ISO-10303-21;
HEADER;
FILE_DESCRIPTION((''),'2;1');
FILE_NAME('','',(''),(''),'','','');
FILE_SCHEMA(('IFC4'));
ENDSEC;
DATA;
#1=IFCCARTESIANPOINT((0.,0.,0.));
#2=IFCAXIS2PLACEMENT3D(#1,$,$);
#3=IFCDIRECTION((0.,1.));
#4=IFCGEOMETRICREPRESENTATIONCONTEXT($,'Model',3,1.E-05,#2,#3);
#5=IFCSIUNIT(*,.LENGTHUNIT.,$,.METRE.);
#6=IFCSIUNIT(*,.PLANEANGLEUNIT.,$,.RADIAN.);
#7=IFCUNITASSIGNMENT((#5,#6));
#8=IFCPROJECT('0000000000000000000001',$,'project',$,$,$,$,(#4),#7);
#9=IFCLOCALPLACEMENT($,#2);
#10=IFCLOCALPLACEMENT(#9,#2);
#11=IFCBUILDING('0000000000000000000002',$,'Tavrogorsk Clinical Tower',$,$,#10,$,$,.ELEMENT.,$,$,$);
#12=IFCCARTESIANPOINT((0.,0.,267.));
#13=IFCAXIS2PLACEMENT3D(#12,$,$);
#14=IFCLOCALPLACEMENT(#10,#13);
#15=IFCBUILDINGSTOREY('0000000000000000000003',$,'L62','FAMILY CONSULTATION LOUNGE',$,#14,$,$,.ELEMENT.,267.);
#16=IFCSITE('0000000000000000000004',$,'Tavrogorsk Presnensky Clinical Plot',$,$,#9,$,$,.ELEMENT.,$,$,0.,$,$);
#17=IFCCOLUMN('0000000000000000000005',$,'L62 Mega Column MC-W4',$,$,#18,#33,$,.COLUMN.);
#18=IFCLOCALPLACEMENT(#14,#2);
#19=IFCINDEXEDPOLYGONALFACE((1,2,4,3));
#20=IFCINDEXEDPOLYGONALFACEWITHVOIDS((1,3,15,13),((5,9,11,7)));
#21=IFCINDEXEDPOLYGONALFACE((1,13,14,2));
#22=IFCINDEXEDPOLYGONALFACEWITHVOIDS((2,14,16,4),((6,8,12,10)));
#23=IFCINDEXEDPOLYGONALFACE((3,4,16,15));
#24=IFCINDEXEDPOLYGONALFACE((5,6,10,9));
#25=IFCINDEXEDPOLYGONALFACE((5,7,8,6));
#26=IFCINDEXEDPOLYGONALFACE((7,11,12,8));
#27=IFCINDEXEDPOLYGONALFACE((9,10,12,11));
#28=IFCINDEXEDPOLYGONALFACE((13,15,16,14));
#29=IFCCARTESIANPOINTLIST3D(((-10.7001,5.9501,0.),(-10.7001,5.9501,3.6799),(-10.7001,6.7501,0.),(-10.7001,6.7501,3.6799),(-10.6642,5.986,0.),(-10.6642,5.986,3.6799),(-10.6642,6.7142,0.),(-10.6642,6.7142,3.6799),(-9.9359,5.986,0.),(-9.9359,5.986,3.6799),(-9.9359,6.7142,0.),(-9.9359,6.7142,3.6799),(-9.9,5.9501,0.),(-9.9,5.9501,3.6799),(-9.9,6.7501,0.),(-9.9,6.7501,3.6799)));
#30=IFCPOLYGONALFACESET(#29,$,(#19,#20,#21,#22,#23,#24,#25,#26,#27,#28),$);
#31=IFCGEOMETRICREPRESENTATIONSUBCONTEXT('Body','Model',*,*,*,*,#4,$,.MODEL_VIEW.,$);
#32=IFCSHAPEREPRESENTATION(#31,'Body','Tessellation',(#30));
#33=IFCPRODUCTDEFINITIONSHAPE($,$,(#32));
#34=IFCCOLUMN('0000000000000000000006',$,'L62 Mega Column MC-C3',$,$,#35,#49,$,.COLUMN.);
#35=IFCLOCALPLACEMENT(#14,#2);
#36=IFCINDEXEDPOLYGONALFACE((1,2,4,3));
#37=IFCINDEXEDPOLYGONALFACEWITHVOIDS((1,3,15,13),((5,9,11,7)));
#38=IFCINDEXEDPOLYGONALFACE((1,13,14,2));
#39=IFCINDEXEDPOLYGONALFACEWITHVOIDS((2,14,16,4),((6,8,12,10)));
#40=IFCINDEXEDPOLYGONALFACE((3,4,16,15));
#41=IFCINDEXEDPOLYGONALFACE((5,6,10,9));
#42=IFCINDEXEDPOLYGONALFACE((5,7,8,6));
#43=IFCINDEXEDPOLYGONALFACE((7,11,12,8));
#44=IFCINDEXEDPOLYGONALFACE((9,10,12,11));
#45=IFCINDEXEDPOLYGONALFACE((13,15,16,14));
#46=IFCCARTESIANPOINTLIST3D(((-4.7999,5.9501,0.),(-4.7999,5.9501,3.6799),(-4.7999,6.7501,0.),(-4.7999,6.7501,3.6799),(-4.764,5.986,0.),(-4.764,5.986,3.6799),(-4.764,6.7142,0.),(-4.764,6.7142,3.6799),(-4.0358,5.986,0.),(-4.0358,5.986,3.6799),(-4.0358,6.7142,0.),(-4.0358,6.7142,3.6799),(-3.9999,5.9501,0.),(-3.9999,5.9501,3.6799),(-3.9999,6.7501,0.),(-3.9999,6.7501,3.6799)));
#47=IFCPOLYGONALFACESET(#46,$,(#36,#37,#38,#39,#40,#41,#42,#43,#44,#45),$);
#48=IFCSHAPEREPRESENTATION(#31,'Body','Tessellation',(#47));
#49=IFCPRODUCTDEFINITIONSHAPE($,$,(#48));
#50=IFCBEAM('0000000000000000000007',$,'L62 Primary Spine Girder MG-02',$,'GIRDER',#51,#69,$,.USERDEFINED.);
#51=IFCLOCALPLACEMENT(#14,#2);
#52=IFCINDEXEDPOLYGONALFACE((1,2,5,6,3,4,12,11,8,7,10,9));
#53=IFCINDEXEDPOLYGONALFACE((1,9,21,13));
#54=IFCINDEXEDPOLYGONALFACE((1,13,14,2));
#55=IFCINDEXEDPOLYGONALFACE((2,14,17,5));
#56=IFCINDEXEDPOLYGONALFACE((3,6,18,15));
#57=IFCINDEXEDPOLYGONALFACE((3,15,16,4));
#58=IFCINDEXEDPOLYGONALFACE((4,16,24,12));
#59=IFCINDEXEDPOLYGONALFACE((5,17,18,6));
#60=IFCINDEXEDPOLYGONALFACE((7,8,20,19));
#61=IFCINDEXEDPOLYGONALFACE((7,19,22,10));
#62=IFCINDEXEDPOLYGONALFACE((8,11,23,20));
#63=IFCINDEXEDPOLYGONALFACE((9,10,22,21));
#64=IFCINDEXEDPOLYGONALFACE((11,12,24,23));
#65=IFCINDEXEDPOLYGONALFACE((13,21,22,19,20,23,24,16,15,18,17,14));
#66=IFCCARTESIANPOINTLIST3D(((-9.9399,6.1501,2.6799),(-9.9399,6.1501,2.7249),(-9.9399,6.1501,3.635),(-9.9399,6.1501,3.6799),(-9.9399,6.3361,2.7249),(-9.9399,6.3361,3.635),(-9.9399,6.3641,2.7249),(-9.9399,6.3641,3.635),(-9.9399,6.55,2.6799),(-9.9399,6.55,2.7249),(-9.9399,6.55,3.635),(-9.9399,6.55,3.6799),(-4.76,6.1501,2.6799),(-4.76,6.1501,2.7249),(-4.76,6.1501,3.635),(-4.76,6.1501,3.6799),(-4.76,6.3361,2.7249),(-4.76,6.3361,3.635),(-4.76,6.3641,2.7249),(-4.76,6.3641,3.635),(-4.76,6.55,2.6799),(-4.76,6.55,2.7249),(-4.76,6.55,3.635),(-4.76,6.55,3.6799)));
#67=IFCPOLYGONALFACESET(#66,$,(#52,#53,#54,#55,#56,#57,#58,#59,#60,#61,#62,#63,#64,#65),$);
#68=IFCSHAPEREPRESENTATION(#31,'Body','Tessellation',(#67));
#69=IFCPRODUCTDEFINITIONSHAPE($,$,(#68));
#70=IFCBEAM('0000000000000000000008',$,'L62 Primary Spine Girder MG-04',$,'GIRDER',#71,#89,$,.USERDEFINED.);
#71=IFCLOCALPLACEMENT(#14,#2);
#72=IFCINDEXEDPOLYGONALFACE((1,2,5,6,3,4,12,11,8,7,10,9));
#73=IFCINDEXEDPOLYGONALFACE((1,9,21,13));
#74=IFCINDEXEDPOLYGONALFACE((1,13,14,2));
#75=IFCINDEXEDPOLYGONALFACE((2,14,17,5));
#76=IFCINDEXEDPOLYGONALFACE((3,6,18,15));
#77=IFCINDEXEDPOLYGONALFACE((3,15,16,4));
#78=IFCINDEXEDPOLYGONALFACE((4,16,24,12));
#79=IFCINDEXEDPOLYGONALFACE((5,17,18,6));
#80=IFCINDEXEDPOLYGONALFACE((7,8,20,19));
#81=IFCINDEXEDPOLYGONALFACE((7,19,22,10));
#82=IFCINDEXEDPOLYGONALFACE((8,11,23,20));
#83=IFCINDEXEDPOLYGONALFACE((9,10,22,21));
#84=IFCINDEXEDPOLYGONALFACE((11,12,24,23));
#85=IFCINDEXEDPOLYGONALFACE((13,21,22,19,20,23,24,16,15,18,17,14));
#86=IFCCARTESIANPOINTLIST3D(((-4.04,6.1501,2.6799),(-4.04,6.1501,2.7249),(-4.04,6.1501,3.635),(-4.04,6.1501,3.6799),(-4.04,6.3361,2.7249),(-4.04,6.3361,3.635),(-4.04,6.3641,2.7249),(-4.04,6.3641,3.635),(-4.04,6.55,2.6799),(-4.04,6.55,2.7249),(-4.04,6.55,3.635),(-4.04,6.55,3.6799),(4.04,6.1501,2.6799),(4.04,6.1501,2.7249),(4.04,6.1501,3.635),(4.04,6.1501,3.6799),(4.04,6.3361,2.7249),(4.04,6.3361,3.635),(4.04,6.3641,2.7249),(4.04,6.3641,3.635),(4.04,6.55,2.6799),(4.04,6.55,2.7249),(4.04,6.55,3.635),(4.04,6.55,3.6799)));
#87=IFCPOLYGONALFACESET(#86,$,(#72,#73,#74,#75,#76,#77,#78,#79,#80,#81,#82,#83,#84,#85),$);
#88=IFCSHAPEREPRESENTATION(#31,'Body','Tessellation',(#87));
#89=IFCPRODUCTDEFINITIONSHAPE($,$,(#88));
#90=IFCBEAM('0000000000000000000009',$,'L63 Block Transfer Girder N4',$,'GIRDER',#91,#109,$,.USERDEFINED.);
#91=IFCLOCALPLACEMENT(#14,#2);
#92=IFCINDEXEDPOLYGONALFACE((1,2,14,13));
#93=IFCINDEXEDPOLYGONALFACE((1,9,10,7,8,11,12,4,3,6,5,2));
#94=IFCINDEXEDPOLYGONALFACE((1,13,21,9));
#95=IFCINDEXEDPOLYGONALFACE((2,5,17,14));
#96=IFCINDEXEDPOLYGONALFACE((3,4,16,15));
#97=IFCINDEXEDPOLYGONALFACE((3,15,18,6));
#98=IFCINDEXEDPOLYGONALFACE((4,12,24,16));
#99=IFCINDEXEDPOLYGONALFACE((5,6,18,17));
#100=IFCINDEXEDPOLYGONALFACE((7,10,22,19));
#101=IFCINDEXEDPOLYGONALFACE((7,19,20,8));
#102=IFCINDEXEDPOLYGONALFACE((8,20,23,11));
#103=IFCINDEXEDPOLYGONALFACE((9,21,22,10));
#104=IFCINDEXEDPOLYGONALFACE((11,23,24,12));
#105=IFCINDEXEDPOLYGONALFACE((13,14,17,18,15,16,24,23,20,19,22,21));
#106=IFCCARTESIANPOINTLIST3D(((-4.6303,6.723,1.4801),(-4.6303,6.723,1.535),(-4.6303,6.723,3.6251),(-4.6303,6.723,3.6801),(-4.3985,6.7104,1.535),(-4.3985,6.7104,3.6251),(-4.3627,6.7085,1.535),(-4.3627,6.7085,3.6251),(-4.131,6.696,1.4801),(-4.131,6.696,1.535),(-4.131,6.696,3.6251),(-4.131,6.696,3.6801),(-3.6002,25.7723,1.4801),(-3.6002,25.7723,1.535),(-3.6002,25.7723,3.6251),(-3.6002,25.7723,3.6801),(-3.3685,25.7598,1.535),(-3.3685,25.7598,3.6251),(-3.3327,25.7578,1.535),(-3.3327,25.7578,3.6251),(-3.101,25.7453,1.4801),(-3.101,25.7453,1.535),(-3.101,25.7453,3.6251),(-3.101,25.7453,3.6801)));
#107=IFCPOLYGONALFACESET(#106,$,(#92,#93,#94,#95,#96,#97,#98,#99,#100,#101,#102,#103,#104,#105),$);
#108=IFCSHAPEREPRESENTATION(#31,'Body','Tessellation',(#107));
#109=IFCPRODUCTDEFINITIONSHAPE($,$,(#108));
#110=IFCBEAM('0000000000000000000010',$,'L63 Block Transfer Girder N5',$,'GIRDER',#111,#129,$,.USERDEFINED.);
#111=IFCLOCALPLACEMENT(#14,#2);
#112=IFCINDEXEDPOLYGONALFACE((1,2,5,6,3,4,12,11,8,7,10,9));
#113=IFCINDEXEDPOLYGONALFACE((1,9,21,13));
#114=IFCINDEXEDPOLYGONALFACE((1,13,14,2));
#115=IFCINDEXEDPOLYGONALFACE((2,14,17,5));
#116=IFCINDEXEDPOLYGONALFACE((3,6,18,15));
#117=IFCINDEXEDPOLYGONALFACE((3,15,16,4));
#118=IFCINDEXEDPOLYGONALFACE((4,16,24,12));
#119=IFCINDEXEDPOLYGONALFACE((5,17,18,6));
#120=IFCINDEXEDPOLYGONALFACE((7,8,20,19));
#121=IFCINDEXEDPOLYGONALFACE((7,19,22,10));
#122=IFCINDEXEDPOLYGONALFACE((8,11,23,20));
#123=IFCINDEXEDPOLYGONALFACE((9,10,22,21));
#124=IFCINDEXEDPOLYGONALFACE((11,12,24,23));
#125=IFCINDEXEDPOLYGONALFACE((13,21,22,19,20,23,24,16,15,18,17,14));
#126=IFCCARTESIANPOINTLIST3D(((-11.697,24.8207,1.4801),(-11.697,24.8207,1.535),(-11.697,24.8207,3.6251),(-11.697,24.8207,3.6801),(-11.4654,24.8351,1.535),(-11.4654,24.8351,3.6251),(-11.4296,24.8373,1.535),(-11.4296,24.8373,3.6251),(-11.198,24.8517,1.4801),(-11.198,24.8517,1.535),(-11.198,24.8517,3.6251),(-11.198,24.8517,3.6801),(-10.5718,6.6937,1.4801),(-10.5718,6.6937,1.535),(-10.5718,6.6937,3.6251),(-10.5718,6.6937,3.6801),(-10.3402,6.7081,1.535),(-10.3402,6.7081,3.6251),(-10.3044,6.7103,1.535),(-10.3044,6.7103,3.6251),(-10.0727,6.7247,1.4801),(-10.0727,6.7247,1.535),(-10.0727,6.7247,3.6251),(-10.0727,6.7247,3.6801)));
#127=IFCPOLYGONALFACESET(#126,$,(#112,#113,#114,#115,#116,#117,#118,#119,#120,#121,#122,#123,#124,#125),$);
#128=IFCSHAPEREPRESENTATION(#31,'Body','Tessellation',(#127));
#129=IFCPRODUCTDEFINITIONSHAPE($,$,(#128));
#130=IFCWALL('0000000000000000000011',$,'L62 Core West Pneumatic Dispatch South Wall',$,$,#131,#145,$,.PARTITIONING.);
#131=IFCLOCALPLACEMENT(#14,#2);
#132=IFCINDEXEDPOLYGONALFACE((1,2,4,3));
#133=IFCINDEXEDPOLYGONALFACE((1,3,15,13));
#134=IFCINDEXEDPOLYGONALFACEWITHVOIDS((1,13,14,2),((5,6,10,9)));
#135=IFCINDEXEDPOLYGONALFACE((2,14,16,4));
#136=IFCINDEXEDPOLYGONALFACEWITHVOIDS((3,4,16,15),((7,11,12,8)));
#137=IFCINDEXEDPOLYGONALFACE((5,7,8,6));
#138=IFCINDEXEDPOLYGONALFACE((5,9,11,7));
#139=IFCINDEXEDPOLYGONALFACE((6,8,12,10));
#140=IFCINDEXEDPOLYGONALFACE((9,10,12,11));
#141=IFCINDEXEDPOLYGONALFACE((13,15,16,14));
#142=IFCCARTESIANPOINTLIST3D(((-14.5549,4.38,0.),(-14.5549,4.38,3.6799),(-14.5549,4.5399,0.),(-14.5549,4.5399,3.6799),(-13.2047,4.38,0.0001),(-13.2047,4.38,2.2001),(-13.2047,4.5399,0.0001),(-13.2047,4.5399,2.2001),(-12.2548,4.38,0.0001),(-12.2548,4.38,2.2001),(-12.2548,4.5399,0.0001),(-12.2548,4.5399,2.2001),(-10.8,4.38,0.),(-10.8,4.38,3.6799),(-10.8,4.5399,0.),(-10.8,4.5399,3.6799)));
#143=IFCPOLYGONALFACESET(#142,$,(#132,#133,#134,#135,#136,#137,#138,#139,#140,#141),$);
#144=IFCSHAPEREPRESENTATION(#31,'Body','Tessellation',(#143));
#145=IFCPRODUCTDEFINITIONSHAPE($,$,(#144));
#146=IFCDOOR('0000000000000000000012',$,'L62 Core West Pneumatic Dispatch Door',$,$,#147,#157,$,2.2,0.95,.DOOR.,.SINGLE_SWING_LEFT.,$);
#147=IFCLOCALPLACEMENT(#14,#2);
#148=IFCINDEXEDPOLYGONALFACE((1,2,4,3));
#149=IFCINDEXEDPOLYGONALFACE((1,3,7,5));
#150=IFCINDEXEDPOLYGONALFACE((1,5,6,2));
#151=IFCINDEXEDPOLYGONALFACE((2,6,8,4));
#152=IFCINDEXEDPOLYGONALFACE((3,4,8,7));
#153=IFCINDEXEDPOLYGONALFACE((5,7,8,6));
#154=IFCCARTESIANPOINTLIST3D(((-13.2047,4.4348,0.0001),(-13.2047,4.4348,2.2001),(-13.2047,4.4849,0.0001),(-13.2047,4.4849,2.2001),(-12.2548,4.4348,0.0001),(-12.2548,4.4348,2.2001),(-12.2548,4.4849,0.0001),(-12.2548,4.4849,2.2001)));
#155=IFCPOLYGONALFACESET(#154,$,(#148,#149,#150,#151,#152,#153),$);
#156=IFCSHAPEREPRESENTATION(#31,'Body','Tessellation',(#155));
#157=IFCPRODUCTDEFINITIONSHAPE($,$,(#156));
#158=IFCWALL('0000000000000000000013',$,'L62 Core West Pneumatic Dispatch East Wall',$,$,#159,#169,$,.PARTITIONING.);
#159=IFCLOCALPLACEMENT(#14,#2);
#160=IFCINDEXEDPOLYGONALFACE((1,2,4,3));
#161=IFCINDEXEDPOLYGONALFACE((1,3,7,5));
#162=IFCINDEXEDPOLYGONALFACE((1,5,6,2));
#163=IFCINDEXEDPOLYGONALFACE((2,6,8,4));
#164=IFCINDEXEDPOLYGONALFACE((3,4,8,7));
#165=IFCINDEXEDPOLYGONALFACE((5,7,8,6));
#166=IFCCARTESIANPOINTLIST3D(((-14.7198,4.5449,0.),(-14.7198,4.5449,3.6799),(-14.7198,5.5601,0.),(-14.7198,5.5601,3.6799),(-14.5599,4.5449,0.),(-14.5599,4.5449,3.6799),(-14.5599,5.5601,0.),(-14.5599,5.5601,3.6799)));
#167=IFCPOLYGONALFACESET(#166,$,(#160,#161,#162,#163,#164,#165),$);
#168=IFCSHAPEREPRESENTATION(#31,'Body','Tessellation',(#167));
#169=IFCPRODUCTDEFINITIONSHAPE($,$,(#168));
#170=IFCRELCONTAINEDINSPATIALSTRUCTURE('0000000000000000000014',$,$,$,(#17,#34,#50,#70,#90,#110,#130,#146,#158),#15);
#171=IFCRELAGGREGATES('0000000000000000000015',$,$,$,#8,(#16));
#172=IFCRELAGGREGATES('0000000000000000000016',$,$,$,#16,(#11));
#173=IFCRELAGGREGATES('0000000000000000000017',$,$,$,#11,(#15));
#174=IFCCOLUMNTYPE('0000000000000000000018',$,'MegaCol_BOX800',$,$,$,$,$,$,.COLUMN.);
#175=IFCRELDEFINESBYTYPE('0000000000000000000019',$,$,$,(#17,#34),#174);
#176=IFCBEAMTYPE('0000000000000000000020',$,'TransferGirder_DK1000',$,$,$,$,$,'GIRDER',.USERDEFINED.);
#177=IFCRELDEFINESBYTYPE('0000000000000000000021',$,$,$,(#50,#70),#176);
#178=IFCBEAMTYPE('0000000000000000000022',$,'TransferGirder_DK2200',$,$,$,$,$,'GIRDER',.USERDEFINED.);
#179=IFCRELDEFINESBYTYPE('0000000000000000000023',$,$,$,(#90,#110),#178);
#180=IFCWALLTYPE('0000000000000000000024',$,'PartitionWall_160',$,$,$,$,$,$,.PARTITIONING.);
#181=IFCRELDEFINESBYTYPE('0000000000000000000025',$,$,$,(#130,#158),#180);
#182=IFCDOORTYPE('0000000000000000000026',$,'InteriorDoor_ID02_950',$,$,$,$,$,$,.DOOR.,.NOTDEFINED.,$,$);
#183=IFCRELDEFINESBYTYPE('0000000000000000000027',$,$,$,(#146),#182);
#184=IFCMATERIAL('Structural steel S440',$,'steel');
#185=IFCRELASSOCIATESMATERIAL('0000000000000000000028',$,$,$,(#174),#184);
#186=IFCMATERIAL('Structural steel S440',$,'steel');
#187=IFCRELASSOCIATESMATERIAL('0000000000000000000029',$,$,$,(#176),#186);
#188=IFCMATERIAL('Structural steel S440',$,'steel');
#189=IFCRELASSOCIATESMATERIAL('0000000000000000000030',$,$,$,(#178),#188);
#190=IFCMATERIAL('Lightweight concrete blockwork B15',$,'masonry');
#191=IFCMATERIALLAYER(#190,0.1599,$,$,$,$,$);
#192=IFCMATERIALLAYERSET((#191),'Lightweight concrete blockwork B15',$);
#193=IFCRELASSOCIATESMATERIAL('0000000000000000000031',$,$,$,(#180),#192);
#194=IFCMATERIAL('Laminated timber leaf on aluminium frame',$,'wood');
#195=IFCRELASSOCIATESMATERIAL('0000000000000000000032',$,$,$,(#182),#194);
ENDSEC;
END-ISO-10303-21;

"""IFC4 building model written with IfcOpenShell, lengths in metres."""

from ifc_helpers import new_model, si_unit, direction, frame, frame_2d, origin, origin_2d, place, context, subcontext, project, spatial, rectangle, hollow_rectangle, i_section, extrude, material, layer, layer_set, material_profile, profile_set, type_object, element, fill, save


model = new_model("IFC4")

# Units and contexts
model_context = context("Model", 3, precision=1e-05, world=origin(), true_north=direction((0.0, 1.0)))
body_context = subcontext(model_context, "Body", "Model", "MODEL_VIEW")
ifc_project = project(units=[si_unit("LENGTHUNIT", "METRE"), si_unit("PLANEANGLEUNIT", "RADIAN")], contexts=[model_context])

# Site, building, storey
site_placement = place(None, origin())
site = spatial("IfcSite", under=ifc_project, at=site_placement, Name="Tavrogorsk Presnensky Clinical Plot", CompositionType="ELEMENT", RefElevation=0.0)
building_placement = place(site_placement, origin())
building = spatial("IfcBuilding", under=site, at=building_placement, Name="Tavrogorsk Clinical Tower", CompositionType="ELEMENT")
storey_placement = place(building_placement, frame((0.0, 0.0, 267.0)))
storey = spatial("IfcBuildingStorey", under=building, at=storey_placement, Name="L62", Description="FAMILY CONSULTATION LOUNGE", CompositionType="ELEMENT", Elevation=267.0)

# Columns
ifc_material_1 = material(Name="Structural steel S440", Category="steel")
ifc_material_profile_1 = material_profile(ifc_material_1, hollow_rectangle(XDim=0.8, YDim=0.8, WallThickness=0.0359, at=origin_2d()), Name="BOX-800x800x36")
ifc_profile_set_1 = profile_set([ifc_material_profile_1], Name="Structural steel S440")
column_type = type_object("IfcColumnType", Name="MegaCol_BOX800", PredefinedType="COLUMN", material=ifc_profile_set_1)
for number, where, z_axis, x_axis, name in (
    (1, (-10.3, 6.3501, 0.0), (0.0, 0.0, 1.0), (1.0, 0.0, 0.0), "L62 Mega Column MC-W4"),
    (2, (-4.3999, 6.3501, 0.0), (0.0, 0.0, 1.0), (1.0, 0.0, 0.0), "L62 Mega Column MC-C3"),
):
    element("IfcColumn", number, at=place(storey_placement, frame(where, z_axis=z_axis, x_axis=x_axis)), inside=storey, type_object=column_type, Name=name, PredefinedType="COLUMN", context=body_context, shape_type="SweptSolid", body=[
        extrude(hollow_rectangle(XDim=0.8, YDim=0.8, WallThickness=0.0359, at=origin_2d()), origin(), (0.0, 0.0, 1.0), 3.6799),
    ])

# Beams
ifc_material_2 = material(Name="Structural steel S440", Category="steel")
ifc_material_profile_2 = material_profile(ifc_material_2, i_section(OverallWidth=0.3999, OverallDepth=1.0, WebThickness=0.0281, FlangeThickness=0.0449, at=origin_2d()), Name="DK-1000x400x28x45")
ifc_profile_set_2 = profile_set([ifc_material_profile_2], Name="Structural steel S440")
beam_type_1 = type_object("IfcBeamType", Name="TransferGirder_DK1000", ElementType="GIRDER", PredefinedType="USERDEFINED", material=ifc_profile_set_2)
beam_1_placement = place(storey_placement, frame((-9.9399, 6.3501, 3.1799), z_axis=(1.0, 0.0, 0.0), x_axis=(0.0, 1.0, 0.0)))
element("IfcBeam", 3, at=beam_1_placement, inside=storey, type_object=beam_type_1, Name="L62 Primary Spine Girder MG-02", ObjectType="GIRDER", PredefinedType="USERDEFINED", context=body_context, shape_type="SweptSolid", body=[
    extrude(i_section(OverallWidth=0.3999, OverallDepth=1.0, WebThickness=0.0281, FlangeThickness=0.0449, at=origin_2d()), origin(), (0.0, 0.0, 1.0), 5.1799),
])
beam_2_placement = place(storey_placement, frame((-4.04, 6.3501, 3.1799), z_axis=(1.0, 0.0, 0.0), x_axis=(0.0, 1.0, 0.0)))
element("IfcBeam", 4, at=beam_2_placement, inside=storey, type_object=beam_type_1, Name="L62 Primary Spine Girder MG-04", ObjectType="GIRDER", PredefinedType="USERDEFINED", context=body_context, shape_type="SweptSolid", body=[
    extrude(i_section(OverallWidth=0.3999, OverallDepth=1.0, WebThickness=0.0281, FlangeThickness=0.0449, at=origin_2d()), origin(), (0.0, 0.0, 1.0), 8.0801),
])
ifc_material_3 = material(Name="Structural steel S440", Category="steel")
ifc_material_profile_3 = material_profile(ifc_material_3, i_section(OverallWidth=0.5, OverallDepth=2.2, WebThickness=0.0359, FlangeThickness=0.0549, at=origin_2d()), Name="DK-2200x500x36x55")
ifc_profile_set_3 = profile_set([ifc_material_profile_3], Name="Structural steel S440")
beam_type_2 = type_object("IfcBeamType", Name="TransferGirder_DK2200", ElementType="GIRDER", PredefinedType="USERDEFINED", material=ifc_profile_set_3)
beam_3_placement = place(storey_placement, frame((-4.3806, 6.7095, 2.5801), z_axis=(0.053993, 0.998541, 0.0), x_axis=(-0.998541, 0.053993, 0.0)))
element("IfcBeam", 5, at=beam_3_placement, inside=storey, type_object=beam_type_2, Name="L63 Block Transfer Girder N4", ObjectType="GIRDER", PredefinedType="USERDEFINED", context=body_context, shape_type="SweptSolid", body=[
    extrude(i_section(OverallWidth=0.5, OverallDepth=2.2, WebThickness=0.0359, FlangeThickness=0.0549, at=origin_2d()), origin(), (0.0, 0.0, 1.0), 19.0771),
])
beam_4_placement = place(storey_placement, frame((-10.3223, 6.7092, 2.5801), z_axis=(-0.061956, 0.998079, 0.0), x_axis=(-0.998079, -0.061956, 0.0)))
element("IfcBeam", 6, at=beam_4_placement, inside=storey, type_object=beam_type_2, Name="L63 Block Transfer Girder N5", ObjectType="GIRDER", PredefinedType="USERDEFINED", context=body_context, shape_type="SweptSolid", body=[
    extrude(i_section(OverallWidth=0.5, OverallDepth=2.2, WebThickness=0.0359, FlangeThickness=0.0549, at=origin_2d()), origin(), (0.0, 0.0, 1.0), 18.1619),
])

# Wall, opening, door
ifc_material_4 = material(Name="Lightweight concrete blockwork B15", Category="masonry")
ifc_layer_1 = layer(ifc_material_4, 0.1599)
ifc_layer_set_1 = layer_set([ifc_layer_1], Name="Lightweight concrete blockwork B15")
wall_type_1 = type_object("IfcWallType", Name="PartitionWall_160", PredefinedType="PARTITIONING", material=ifc_layer_set_1)
wall_1_placement = place(storey_placement, frame((-14.5549, 4.46, 0.0), z_axis=(0.0, 0.0, 1.0), x_axis=(1.0, 0.0, 0.0)))
wall_1 = element("IfcWall", 7, at=wall_1_placement, inside=storey, type_object=wall_type_1, Name="L62 Core West Pneumatic Dispatch South Wall", PredefinedType="PARTITIONING", context=body_context, shape_type="SweptSolid", body=[
    extrude(rectangle(XDim=3.7549, YDim=0.1599, at=frame_2d((1.8774, 0.0))), origin(), (0.0, 0.0, 1.0), 3.6799),
])
opening_1_placement = place(wall_1_placement, frame((1.3501, 0.0, 0.0)))
opening_1 = element("IfcOpeningElement", 8, at=opening_1_placement, cuts=wall_1, PredefinedType="OPENING", context=body_context, shape_type="SweptSolid", body=[
    extrude(rectangle(XDim=0.95, YDim=2.2, at=frame_2d((0.4751, 1.1001))), frame((0.0, 0.0898, 0.0), z_axis=(0.0, -1.0, 0.0), x_axis=(1.0, 0.0, 0.0)), (0.0, 0.0, 1.0), 0.1799),
])
ifc_material_5 = material(Name="Laminated timber leaf on aluminium frame", Category="wood")
door_type_1 = type_object("IfcDoorType", Name="InteriorDoor_ID02_950", OperationType="NOTDEFINED", PredefinedType="DOOR", material=ifc_material_5)
door_1_placement = place(opening_1_placement, origin())
door_1 = element("IfcDoor", 9, at=door_1_placement, inside=storey, type_object=door_type_1, Name="L62 Core West Pneumatic Dispatch Door", OperationType="SINGLE_SWING_LEFT", OverallHeight=2.2, OverallWidth=0.95, PredefinedType="DOOR", context=body_context, shape_type="SweptSolid", body=[
    extrude(rectangle(XDim=0.95, YDim=2.2, at=frame_2d((0.4751, 1.1001))), frame((0.0, 0.0249, 0.0), z_axis=(0.0, -1.0, 0.0), x_axis=(1.0, 0.0, 0.0)), (0.0, 0.0, 1.0), 0.05),
])
fill(opening_1, door_1)

# Wall
wall_2_placement = place(storey_placement, frame((-14.6399, 4.5449, 0.0), z_axis=(0.0, 0.0, 1.0), x_axis=(0.0, 1.0, 0.0)))
element("IfcWall", 10, at=wall_2_placement, inside=storey, type_object=wall_type_1, Name="L62 Core West Pneumatic Dispatch East Wall", PredefinedType="PARTITIONING", context=body_context, shape_type="SweptSolid", body=[
    extrude(rectangle(XDim=1.0151, YDim=0.1599, at=frame_2d((0.5076, 0.0))), origin(), (0.0, 0.0, 1.0), 3.6799),
])

save(model, "model.ifc")
